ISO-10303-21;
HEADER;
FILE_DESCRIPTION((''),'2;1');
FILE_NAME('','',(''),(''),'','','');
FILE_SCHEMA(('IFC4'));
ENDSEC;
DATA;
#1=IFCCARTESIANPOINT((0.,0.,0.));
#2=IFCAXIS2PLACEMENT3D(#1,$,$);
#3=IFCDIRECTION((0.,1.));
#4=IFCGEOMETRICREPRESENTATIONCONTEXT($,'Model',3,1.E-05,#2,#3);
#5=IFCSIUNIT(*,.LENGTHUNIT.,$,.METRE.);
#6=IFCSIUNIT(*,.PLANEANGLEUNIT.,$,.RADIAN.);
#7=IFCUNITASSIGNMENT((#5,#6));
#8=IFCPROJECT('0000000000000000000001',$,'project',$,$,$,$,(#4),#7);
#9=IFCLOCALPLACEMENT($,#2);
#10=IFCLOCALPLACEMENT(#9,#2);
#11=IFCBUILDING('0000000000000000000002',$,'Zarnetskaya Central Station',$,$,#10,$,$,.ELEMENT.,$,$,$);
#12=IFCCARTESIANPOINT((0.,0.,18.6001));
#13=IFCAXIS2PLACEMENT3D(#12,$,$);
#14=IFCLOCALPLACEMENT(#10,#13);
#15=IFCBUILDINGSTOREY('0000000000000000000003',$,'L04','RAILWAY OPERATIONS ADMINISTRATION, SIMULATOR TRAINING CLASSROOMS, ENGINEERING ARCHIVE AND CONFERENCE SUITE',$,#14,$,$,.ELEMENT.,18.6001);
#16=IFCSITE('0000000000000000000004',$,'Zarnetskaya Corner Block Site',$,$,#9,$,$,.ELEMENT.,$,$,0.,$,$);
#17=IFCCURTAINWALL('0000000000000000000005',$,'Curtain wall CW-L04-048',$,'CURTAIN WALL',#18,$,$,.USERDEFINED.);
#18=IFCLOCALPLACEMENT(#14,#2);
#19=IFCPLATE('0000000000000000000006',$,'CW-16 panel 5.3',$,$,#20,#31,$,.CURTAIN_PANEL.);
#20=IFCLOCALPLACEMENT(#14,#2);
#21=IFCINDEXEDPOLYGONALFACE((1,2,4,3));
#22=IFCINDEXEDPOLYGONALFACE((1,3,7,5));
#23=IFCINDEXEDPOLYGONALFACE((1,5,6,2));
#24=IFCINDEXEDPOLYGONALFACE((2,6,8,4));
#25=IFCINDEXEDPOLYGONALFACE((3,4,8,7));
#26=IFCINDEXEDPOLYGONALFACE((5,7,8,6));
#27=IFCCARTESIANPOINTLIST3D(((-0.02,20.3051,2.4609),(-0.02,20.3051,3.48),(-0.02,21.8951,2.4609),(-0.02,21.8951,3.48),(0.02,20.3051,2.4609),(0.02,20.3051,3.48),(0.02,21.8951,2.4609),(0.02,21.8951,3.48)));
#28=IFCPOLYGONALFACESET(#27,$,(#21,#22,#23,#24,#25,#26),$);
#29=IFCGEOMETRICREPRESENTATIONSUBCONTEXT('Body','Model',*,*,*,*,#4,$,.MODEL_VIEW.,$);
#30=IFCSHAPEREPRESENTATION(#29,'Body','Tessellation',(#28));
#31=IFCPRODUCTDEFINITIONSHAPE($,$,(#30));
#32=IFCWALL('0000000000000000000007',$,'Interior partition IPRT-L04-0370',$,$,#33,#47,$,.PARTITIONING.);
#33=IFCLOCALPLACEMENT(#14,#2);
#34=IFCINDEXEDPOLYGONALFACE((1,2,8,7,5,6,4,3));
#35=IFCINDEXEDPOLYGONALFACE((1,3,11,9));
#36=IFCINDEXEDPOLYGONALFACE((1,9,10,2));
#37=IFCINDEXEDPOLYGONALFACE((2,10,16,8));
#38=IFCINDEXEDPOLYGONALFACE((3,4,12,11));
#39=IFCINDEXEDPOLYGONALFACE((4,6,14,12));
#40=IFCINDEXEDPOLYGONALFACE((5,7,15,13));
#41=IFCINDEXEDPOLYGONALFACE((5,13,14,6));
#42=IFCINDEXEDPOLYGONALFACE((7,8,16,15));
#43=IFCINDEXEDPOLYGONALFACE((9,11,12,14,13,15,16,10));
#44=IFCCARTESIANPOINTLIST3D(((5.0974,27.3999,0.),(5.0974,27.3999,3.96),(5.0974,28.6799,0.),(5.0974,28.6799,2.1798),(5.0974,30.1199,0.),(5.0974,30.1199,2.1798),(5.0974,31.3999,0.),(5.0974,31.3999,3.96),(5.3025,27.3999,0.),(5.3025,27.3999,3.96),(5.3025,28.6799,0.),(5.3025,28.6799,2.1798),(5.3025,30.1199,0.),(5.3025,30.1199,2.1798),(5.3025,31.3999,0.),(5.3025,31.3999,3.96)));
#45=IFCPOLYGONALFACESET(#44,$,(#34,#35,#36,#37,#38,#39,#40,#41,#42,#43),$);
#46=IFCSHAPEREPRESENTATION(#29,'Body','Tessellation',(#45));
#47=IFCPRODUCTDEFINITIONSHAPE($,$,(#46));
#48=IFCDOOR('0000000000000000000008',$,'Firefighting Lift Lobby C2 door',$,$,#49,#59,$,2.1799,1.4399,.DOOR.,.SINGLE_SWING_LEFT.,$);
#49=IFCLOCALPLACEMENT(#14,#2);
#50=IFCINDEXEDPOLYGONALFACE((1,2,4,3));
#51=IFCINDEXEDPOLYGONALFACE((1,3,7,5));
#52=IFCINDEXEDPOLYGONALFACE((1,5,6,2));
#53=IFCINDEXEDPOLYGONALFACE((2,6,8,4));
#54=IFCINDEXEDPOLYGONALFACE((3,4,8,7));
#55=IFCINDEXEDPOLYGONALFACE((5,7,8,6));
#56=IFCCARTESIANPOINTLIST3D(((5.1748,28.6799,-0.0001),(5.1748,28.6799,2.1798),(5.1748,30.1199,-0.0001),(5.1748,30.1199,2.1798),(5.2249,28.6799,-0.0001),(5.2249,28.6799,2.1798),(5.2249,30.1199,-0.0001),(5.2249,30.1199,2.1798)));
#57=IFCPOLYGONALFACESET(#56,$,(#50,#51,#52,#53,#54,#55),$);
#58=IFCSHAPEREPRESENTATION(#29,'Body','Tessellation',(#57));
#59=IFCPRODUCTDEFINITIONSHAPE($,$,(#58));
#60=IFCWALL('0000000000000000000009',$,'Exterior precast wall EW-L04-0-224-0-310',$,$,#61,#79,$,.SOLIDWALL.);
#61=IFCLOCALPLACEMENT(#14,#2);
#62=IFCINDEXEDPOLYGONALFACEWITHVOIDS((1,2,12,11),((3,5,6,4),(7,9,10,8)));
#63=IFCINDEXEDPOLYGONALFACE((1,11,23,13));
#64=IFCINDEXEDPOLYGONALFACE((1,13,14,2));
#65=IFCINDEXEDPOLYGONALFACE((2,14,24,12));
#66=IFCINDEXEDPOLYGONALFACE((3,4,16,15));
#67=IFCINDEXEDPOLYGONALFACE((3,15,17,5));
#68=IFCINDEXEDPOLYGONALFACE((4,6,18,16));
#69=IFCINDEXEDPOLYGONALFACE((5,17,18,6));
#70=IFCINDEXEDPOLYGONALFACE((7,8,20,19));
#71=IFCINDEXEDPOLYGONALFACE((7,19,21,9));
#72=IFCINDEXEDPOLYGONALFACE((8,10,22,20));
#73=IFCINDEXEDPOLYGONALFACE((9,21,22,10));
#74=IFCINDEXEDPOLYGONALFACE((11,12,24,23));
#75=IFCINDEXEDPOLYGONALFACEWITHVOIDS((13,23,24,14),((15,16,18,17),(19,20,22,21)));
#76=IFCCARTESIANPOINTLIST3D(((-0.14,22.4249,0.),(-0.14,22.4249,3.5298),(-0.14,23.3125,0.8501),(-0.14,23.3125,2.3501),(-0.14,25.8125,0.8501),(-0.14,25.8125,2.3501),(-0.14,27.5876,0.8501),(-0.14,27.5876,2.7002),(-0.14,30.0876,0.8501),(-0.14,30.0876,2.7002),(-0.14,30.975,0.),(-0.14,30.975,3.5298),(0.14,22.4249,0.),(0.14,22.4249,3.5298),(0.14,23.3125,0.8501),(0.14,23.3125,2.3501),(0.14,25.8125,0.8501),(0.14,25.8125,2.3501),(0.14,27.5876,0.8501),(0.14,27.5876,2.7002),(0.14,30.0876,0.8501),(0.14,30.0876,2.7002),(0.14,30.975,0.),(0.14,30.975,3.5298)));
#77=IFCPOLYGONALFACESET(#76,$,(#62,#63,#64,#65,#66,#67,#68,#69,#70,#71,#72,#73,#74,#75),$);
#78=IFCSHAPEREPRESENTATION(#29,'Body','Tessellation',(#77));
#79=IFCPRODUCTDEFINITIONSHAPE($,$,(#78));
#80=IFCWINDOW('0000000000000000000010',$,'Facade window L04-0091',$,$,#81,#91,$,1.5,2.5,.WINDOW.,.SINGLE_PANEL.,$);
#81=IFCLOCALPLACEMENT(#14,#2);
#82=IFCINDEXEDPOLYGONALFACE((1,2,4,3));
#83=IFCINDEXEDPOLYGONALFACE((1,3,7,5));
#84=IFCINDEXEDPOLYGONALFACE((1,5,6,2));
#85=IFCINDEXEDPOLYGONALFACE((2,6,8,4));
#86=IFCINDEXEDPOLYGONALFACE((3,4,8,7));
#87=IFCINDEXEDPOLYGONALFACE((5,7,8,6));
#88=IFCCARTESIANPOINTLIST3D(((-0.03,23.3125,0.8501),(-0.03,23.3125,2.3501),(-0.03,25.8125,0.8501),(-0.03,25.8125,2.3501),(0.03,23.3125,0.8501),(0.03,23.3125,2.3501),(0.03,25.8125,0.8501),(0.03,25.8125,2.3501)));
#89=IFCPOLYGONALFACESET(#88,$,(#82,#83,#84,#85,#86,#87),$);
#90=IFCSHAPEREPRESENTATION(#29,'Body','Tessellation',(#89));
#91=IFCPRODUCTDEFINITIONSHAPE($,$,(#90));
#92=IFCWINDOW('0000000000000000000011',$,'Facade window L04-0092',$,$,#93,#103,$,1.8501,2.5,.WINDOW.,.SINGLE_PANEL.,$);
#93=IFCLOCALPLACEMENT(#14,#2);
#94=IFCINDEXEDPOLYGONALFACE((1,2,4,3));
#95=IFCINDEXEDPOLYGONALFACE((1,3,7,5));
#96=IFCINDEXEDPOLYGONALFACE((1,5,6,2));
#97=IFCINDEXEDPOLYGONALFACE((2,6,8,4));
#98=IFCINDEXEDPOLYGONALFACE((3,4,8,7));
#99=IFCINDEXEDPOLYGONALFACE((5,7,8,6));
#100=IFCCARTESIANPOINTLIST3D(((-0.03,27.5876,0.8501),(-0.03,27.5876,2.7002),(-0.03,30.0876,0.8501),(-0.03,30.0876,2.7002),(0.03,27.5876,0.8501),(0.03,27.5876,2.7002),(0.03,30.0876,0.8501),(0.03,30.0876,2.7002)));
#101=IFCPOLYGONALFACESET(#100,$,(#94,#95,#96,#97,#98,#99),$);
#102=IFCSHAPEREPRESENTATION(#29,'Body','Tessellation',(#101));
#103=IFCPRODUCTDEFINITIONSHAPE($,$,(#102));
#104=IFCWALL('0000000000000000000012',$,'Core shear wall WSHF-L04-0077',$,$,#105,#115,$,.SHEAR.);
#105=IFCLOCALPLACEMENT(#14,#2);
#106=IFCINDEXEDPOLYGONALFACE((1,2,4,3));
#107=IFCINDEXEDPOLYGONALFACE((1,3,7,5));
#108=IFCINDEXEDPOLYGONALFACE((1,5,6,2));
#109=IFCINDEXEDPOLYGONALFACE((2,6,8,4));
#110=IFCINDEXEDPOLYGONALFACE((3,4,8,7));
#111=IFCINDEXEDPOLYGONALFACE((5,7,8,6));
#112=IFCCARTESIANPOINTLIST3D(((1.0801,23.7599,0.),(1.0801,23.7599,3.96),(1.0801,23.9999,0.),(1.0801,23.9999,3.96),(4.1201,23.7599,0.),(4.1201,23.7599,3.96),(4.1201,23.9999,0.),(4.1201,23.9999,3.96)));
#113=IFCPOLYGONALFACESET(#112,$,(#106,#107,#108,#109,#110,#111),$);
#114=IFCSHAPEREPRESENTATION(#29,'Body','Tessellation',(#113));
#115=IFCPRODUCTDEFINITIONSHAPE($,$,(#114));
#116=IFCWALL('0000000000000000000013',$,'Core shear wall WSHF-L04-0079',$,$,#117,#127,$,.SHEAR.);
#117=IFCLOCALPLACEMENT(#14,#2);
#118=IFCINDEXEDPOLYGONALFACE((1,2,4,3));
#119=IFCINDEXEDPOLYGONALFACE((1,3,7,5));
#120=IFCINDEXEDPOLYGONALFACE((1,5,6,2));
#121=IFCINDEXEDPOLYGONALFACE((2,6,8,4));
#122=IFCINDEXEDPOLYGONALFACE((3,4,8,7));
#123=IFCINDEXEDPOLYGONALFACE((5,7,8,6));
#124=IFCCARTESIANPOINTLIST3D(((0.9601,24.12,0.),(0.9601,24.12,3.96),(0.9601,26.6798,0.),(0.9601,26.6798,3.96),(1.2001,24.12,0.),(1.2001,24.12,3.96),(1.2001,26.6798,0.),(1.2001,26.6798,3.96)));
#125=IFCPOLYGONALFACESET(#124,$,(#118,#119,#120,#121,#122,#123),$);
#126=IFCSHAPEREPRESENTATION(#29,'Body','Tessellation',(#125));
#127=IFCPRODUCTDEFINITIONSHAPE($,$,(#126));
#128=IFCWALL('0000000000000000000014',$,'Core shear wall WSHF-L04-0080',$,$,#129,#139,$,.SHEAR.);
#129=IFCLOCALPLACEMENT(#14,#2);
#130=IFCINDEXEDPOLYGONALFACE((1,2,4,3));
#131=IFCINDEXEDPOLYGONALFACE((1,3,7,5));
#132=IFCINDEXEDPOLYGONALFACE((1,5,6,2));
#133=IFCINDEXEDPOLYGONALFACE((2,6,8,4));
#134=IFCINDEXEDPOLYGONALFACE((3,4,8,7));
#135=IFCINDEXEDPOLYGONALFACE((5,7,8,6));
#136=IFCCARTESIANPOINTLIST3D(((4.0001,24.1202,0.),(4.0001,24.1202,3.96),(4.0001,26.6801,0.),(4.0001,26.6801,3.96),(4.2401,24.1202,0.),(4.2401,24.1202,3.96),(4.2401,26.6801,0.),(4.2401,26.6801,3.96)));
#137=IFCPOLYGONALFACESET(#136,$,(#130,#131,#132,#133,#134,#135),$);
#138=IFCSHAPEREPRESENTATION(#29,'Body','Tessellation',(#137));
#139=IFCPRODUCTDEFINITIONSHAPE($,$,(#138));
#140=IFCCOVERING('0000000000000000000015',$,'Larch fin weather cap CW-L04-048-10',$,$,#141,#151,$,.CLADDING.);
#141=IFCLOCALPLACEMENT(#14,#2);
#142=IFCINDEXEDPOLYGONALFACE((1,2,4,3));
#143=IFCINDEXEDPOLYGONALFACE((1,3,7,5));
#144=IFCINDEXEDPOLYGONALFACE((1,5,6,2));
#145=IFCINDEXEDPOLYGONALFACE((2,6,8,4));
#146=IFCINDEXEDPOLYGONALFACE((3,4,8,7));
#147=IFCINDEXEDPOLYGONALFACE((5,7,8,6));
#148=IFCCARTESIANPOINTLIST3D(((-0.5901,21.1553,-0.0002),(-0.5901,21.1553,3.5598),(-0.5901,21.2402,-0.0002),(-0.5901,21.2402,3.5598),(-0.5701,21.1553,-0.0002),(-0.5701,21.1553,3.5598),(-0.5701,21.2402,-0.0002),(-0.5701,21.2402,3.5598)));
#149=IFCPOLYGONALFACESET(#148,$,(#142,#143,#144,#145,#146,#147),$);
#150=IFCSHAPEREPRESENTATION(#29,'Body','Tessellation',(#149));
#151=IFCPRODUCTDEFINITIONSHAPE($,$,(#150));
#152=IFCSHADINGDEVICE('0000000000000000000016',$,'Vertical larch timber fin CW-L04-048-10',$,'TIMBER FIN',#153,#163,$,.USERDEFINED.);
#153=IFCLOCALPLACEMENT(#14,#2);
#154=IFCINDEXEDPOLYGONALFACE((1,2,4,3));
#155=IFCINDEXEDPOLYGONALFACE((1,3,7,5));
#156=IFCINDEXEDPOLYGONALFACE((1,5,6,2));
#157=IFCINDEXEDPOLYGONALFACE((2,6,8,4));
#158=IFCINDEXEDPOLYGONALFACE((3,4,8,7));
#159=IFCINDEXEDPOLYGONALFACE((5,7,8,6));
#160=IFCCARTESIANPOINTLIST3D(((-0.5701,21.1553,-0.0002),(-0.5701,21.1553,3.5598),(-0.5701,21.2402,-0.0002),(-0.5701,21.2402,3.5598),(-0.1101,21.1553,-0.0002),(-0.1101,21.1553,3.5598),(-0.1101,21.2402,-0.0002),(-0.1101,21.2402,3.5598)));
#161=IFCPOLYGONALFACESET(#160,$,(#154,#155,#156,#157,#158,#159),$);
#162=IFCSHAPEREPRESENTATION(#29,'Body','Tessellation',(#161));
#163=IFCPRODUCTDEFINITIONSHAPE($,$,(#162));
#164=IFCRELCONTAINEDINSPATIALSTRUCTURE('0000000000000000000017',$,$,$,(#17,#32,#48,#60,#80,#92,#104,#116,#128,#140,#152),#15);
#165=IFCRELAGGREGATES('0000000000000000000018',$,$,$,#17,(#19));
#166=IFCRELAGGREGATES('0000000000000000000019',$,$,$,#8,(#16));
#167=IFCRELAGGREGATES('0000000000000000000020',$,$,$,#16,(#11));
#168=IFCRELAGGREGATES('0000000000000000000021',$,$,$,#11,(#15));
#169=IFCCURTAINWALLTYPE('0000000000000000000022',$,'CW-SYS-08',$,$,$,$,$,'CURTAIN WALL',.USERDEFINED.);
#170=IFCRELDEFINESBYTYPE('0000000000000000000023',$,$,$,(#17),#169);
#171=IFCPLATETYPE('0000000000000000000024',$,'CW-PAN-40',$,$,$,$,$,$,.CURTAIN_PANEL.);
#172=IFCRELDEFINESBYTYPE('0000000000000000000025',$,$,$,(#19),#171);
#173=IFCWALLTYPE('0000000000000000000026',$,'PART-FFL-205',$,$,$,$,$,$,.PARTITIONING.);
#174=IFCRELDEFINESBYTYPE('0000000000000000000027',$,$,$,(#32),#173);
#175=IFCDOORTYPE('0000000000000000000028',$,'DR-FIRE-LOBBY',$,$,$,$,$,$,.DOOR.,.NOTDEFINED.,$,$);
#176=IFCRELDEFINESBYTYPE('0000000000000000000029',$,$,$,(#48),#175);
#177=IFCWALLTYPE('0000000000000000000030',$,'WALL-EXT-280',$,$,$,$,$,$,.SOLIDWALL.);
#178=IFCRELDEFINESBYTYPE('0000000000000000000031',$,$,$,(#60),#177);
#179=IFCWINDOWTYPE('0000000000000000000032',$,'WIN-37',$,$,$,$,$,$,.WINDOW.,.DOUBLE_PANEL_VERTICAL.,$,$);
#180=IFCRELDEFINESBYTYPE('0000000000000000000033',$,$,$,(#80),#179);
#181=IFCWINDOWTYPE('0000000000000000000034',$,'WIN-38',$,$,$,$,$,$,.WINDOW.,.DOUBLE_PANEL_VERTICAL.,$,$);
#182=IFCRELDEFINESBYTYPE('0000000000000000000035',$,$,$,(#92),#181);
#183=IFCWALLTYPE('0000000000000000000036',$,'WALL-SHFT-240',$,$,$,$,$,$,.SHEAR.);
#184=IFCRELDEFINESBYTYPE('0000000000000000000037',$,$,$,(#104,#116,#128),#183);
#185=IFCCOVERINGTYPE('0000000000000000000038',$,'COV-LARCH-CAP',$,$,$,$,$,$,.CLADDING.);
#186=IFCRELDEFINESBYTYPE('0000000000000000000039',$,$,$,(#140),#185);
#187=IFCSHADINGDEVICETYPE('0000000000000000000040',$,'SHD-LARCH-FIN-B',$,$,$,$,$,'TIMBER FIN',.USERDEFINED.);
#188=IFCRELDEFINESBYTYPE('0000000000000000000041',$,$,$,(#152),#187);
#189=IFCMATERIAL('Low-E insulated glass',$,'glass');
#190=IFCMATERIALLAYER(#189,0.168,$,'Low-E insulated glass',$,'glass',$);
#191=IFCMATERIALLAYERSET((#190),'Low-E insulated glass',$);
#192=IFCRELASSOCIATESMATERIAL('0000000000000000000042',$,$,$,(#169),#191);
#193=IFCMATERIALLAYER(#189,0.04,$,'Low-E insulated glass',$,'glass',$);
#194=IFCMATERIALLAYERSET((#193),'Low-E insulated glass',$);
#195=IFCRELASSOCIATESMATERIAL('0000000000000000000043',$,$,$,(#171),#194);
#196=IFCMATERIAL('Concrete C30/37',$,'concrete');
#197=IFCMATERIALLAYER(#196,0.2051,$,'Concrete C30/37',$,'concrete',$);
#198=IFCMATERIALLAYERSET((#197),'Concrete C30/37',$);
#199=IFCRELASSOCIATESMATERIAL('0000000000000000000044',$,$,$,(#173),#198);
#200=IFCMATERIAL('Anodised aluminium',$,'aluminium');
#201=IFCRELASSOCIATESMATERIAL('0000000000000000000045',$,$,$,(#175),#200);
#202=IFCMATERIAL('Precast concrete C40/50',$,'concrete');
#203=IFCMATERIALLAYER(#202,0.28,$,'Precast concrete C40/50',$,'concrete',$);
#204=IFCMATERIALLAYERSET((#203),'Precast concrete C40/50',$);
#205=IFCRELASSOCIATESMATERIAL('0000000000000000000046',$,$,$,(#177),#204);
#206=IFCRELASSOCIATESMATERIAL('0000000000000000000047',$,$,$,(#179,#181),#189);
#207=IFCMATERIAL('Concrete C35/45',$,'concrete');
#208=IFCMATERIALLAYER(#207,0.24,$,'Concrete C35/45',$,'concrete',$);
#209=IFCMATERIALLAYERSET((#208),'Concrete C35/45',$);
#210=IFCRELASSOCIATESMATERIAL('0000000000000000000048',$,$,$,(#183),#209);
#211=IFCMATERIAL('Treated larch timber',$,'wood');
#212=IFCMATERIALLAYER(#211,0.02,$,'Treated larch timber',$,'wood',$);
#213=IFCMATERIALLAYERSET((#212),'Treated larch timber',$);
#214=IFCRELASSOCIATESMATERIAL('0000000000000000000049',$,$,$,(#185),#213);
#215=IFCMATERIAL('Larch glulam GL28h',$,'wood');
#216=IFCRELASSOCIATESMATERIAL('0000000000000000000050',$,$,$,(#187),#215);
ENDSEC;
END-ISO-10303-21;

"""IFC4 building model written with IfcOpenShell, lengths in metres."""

from ifc_helpers import new_model, si_unit, direction, frame, frame_2d, origin, origin_2d, place, context, subcontext, project, spatial, rectangle, extrude, material, layer, layer_set, type_object, element, fill, aggregate, save


model = new_model("IFC4")

# Units and contexts
model_context = context("Model", 3, precision=1e-05, world=origin(), true_north=direction((0.0, 1.0)))
body_context = subcontext(model_context, "Body", "Model", "MODEL_VIEW")
ifc_project = project(units=[si_unit("LENGTHUNIT", "METRE"), si_unit("PLANEANGLEUNIT", "RADIAN")], contexts=[model_context])

# Site, building, storey
site_placement = place(None, origin())
site = spatial("IfcSite", under=ifc_project, at=site_placement, Name="Zarnetskaya Corner Block Site", CompositionType="ELEMENT", RefElevation=0.0)
building_placement = place(site_placement, origin())
building = spatial("IfcBuilding", under=site, at=building_placement, Name="Zarnetskaya Central Station", CompositionType="ELEMENT")
storey_placement = place(building_placement, frame((0.0, 0.0, 18.6001)))
storey = spatial("IfcBuildingStorey", under=building, at=storey_placement, Name="L04", Description="RAILWAY OPERATIONS ADMINISTRATION, SIMULATOR TRAINING CLASSROOMS, ENGINEERING ARCHIVE AND CONFERENCE SUITE", CompositionType="ELEMENT", Elevation=18.6001)

# Curtain wall
ifc_material_1 = material(Name="Low-E insulated glass", Category="glass")
ifc_material_2 = material(Name="Anodised aluminium", Category="aluminium")
ifc_layer_1 = layer(ifc_material_1, 0.168, Name="Low-E insulated glass", Category="glass")
ifc_layer_set_1 = layer_set([ifc_layer_1], Name="Low-E insulated glass")
curtain_wall_type_1 = type_object("IfcCurtainWallType", Name="CW-SYS-08", ElementType="CURTAIN WALL", PredefinedType="USERDEFINED", material=ifc_layer_set_1)
curtain_wall_1_placement = place(storey_placement, origin())
curtain_wall_1 = element("IfcCurtainWall", 1, at=curtain_wall_1_placement, inside=storey, type_object=curtain_wall_type_1, Name="Curtain wall CW-L04-048", ObjectType="CURTAIN WALL", PredefinedType="USERDEFINED")

# Plate
ifc_layer_2 = layer(ifc_material_1, 0.04, Name="Low-E insulated glass", Category="glass")
ifc_layer_set_2 = layer_set([ifc_layer_2], Name="Low-E insulated glass")
plate_type = type_object("IfcPlateType", Name="CW-PAN-40", PredefinedType="CURTAIN_PANEL", material=ifc_layer_set_2)
plate_1_placement = place(storey_placement, frame((0.0, 21.1001, 2.4609), z_axis=(0.0, 0.0, 1.0), x_axis=(0.0, 1.0, 0.0)))
plate_1 = element("IfcPlate", 2, at=plate_1_placement, type_object=plate_type, Name="CW-16 panel 5.3", PredefinedType="CURTAIN_PANEL", context=body_context, shape_type="SweptSolid", body=[
    extrude(rectangle(XDim=1.5901, YDim=0.04, at=origin_2d()), origin(), (0.0, 0.0, 1.0), 1.019),
])
aggregate(curtain_wall_1, [plate_1])

# Wall, opening, door
ifc_material_3 = material(Name="Concrete C30/37", Category="concrete")
ifc_layer_3 = layer(ifc_material_3, 0.2051, Name="Concrete C30/37", Category="concrete")
ifc_layer_set_3 = layer_set([ifc_layer_3], Name="Concrete C30/37")
wall_type_1 = type_object("IfcWallType", Name="PART-FFL-205", PredefinedType="PARTITIONING", material=ifc_layer_set_3)
wall_1_placement = place(storey_placement, frame((5.2, 31.3999, 0.0), z_axis=(0.0, 0.0, 1.0), x_axis=(0.0, -1.0, 0.0)))
wall_1 = element("IfcWall", 3, at=wall_1_placement, inside=storey, type_object=wall_type_1, Name="Interior partition IPRT-L04-0370", PredefinedType="PARTITIONING", context=body_context, shape_type="SweptSolid", body=[
    extrude(rectangle(XDim=4.0, YDim=0.2051, at=frame_2d((2.0, 0.0))), origin(), (0.0, 0.0, 1.0), 3.96),
])
opening_1_placement = place(wall_1_placement, frame((1.28, 0.0, 0.0)))
opening_1 = element("IfcOpeningElement", 4, at=opening_1_placement, cuts=wall_1, PredefinedType="OPENING", context=body_context, shape_type="SweptSolid", body=[
    extrude(rectangle(XDim=1.4399, YDim=2.1799, at=frame_2d((0.72, 1.0898))), frame((0.0, 0.1125, 0.0), z_axis=(0.0, -1.0, 0.0), x_axis=(1.0, 0.0, 0.0)), (0.0, 0.0, 1.0), 0.2251),
])
door_type_1 = type_object("IfcDoorType", Name="DR-FIRE-LOBBY", OperationType="NOTDEFINED", PredefinedType="DOOR", material=ifc_material_2)
door_1_placement = place(opening_1_placement, origin())
door_1 = element("IfcDoor", 5, at=door_1_placement, inside=storey, type_object=door_type_1, Name="Firefighting Lift Lobby C2 door", OperationType="SINGLE_SWING_LEFT", OverallHeight=2.1799, OverallWidth=1.4399, PredefinedType="DOOR", context=body_context, shape_type="SweptSolid", body=[
    extrude(rectangle(XDim=1.4399, YDim=2.1799, at=frame_2d((0.72, 1.0898))), frame((0.0, 0.0249, 0.0), z_axis=(0.0, -1.0, 0.0), x_axis=(1.0, 0.0, 0.0)), (0.0, 0.0, 1.0), 0.05),
])
fill(opening_1, door_1)

# Wall, openings, windows
ifc_material_4 = material(Name="Precast concrete C40/50", Category="concrete")
ifc_layer_4 = layer(ifc_material_4, 0.28, Name="Precast concrete C40/50", Category="concrete")
ifc_layer_set_4 = layer_set([ifc_layer_4], Name="Precast concrete C40/50")
wall_type_2 = type_object("IfcWallType", Name="WALL-EXT-280", PredefinedType="SOLIDWALL", material=ifc_layer_set_4)
wall_2_placement = place(storey_placement, frame((0.0, 22.425, 0.0), z_axis=(0.0, 0.0, 1.0), x_axis=(0.0, 1.0, 0.0)))
wall_2 = element("IfcWall", 6, at=wall_2_placement, inside=storey, type_object=wall_type_2, Name="Exterior precast wall EW-L04-0-224-0-310", PredefinedType="SOLIDWALL", context=body_context, shape_type="SweptSolid", body=[
    extrude(rectangle(XDim=8.55, YDim=0.28, at=frame_2d((4.2749, 0.0))), origin(), (0.0, 0.0, 1.0), 3.5298),
])
opening_2_placement = place(wall_2_placement, frame((0.8875, 0.0, 0.8501)))
opening_2 = element("IfcOpeningElement", 7, at=opening_2_placement, cuts=wall_2, PredefinedType="OPENING", context=body_context, shape_type="SweptSolid", body=[
    extrude(rectangle(XDim=2.5, YDim=1.5, at=frame_2d((1.25, 0.75))), frame((0.0, 0.1499, 0.0), z_axis=(0.0, -1.0, 0.0), x_axis=(1.0, 0.0, 0.0)), (0.0, 0.0, 1.0), 0.3),
])
opening_3_placement = place(wall_2_placement, frame((5.1626, 0.0, 0.8501)))
opening_3 = element("IfcOpeningElement", 8, at=opening_3_placement, cuts=wall_2, PredefinedType="OPENING", context=body_context, shape_type="SweptSolid", body=[
    extrude(rectangle(XDim=2.5, YDim=1.8501, at=frame_2d((1.25, 0.925))), frame((0.0, 0.1499, 0.0), z_axis=(0.0, -1.0, 0.0), x_axis=(1.0, 0.0, 0.0)), (0.0, 0.0, 1.0), 0.3),
])
window_type_1 = type_object("IfcWindowType", Name="WIN-37", PartitioningType="DOUBLE_PANEL_VERTICAL", PredefinedType="WINDOW", material=ifc_material_1)
window_1_placement = place(opening_2_placement, origin())
window_1 = element("IfcWindow", 9, at=window_1_placement, inside=storey, type_object=window_type_1, Name="Facade window L04-0091", OverallHeight=1.5, OverallWidth=2.5, PartitioningType="SINGLE_PANEL", PredefinedType="WINDOW", context=body_context, shape_type="SweptSolid", body=[
    extrude(rectangle(XDim=2.5, YDim=1.5, at=frame_2d((1.25, 0.75))), frame((0.0, 0.03, 0.0), z_axis=(0.0, -1.0, 0.0), x_axis=(1.0, 0.0, 0.0)), (0.0, 0.0, 1.0), 0.0601),
])
fill(opening_2, window_1)
window_type_2 = type_object("IfcWindowType", Name="WIN-38", PartitioningType="DOUBLE_PANEL_VERTICAL", PredefinedType="WINDOW", material=ifc_material_1)
window_2_placement = place(opening_3_placement, origin())
window_2 = element("IfcWindow", 10, at=window_2_placement, inside=storey, type_object=window_type_2, Name="Facade window L04-0092", OverallHeight=1.8501, OverallWidth=2.5, PartitioningType="SINGLE_PANEL", PredefinedType="WINDOW", context=body_context, shape_type="SweptSolid", body=[
    extrude(rectangle(XDim=2.5, YDim=1.8501, at=frame_2d((1.25, 0.925))), frame((0.0, 0.03, 0.0), z_axis=(0.0, -1.0, 0.0), x_axis=(1.0, 0.0, 0.0)), (0.0, 0.0, 1.0), 0.0601),
])
fill(opening_3, window_2)

# Wall
ifc_material_5 = material(Name="Concrete C35/45", Category="concrete")
ifc_layer_5 = layer(ifc_material_5, 0.24, Name="Concrete C35/45", Category="concrete")
ifc_layer_set_5 = layer_set([ifc_layer_5], Name="Concrete C35/45")
wall_type_3 = type_object("IfcWallType", Name="WALL-SHFT-240", PredefinedType="SHEAR", material=ifc_layer_set_5)
wall_3_placement = place(storey_placement, frame((4.1201, 23.8799, 0.0), z_axis=(0.0, 0.0, 1.0), x_axis=(-1.0, 0.0, 0.0)))
element("IfcWall", 11, at=wall_3_placement, inside=storey, type_object=wall_type_3, Name="Core shear wall WSHF-L04-0077", PredefinedType="SHEAR", context=body_context, shape_type="SweptSolid", body=[
    extrude(rectangle(XDim=3.04, YDim=0.24, at=frame_2d((1.52, 0.0))), origin(), (0.0, 0.0, 1.0), 3.96),
])

# Walls
for number, where, z_axis, x_axis, name in (
    (12, (1.0801, 24.1201, 0.0), (0.0, 0.0, 1.0), (0.0, 1.0, 0.0), "Core shear wall WSHF-L04-0079"),
    (13, (4.1201, 26.6799, 0.0), (0.0, 0.0, 1.0), (0.0, -1.0, 0.0), "Core shear wall WSHF-L04-0080"),
):
    element("IfcWall", number, at=place(storey_placement, frame(where, z_axis=z_axis, x_axis=x_axis)), inside=storey, type_object=wall_type_3, Name=name, PredefinedType="SHEAR", context=body_context, shape_type="SweptSolid", body=[
        extrude(rectangle(XDim=2.5598, YDim=0.24, at=frame_2d((1.2798, 0.0))), origin(), (0.0, 0.0, 1.0), 3.96),
    ])

# Covering
ifc_material_6 = material(Name="Treated larch timber", Category="wood")
ifc_layer_6 = layer(ifc_material_6, 0.02, Name="Treated larch timber", Category="wood")
ifc_layer_set_6 = layer_set([ifc_layer_6], Name="Treated larch timber")
covering_type = type_object("IfcCoveringType", Name="COV-LARCH-CAP", PredefinedType="CLADDING", material=ifc_layer_set_6)
covering_placement = place(storey_placement, frame((-0.5801, 21.1978, -0.0002), z_axis=(0.0, 0.0, 1.0), x_axis=(0.0, 1.0, 0.0)))
element("IfcCovering", 14, at=covering_placement, inside=storey, type_object=covering_type, Name="Larch fin weather cap CW-L04-048-10", PredefinedType="CLADDING", context=body_context, shape_type="SweptSolid", body=[
    extrude(rectangle(XDim=0.085, YDim=0.02, at=origin_2d()), origin(), (0.0, 0.0, 1.0), 3.5601),
])

# Shading device
ifc_material_7 = material(Name="Larch glulam GL28h", Category="wood")
shading_device_type = type_object("IfcShadingDeviceType", Name="SHD-LARCH-FIN-B", ElementType="TIMBER FIN", PredefinedType="USERDEFINED", material=ifc_material_7)
shading_device_placement = place(storey_placement, frame((-0.3401, 21.1978, -0.0002), z_axis=(0.0, 0.0, 1.0), x_axis=(0.0, 1.0, 0.0)))
element("IfcShadingDevice", 15, at=shading_device_placement, inside=storey, type_object=shading_device_type, Name="Vertical larch timber fin CW-L04-048-10", ObjectType="TIMBER FIN", PredefinedType="USERDEFINED", context=body_context, shape_type="SweptSolid", body=[
    extrude(rectangle(XDim=0.085, YDim=0.46, at=origin_2d()), origin(), (0.0, 0.0, 1.0), 3.5601),
])

save(model, "model.ifc")
